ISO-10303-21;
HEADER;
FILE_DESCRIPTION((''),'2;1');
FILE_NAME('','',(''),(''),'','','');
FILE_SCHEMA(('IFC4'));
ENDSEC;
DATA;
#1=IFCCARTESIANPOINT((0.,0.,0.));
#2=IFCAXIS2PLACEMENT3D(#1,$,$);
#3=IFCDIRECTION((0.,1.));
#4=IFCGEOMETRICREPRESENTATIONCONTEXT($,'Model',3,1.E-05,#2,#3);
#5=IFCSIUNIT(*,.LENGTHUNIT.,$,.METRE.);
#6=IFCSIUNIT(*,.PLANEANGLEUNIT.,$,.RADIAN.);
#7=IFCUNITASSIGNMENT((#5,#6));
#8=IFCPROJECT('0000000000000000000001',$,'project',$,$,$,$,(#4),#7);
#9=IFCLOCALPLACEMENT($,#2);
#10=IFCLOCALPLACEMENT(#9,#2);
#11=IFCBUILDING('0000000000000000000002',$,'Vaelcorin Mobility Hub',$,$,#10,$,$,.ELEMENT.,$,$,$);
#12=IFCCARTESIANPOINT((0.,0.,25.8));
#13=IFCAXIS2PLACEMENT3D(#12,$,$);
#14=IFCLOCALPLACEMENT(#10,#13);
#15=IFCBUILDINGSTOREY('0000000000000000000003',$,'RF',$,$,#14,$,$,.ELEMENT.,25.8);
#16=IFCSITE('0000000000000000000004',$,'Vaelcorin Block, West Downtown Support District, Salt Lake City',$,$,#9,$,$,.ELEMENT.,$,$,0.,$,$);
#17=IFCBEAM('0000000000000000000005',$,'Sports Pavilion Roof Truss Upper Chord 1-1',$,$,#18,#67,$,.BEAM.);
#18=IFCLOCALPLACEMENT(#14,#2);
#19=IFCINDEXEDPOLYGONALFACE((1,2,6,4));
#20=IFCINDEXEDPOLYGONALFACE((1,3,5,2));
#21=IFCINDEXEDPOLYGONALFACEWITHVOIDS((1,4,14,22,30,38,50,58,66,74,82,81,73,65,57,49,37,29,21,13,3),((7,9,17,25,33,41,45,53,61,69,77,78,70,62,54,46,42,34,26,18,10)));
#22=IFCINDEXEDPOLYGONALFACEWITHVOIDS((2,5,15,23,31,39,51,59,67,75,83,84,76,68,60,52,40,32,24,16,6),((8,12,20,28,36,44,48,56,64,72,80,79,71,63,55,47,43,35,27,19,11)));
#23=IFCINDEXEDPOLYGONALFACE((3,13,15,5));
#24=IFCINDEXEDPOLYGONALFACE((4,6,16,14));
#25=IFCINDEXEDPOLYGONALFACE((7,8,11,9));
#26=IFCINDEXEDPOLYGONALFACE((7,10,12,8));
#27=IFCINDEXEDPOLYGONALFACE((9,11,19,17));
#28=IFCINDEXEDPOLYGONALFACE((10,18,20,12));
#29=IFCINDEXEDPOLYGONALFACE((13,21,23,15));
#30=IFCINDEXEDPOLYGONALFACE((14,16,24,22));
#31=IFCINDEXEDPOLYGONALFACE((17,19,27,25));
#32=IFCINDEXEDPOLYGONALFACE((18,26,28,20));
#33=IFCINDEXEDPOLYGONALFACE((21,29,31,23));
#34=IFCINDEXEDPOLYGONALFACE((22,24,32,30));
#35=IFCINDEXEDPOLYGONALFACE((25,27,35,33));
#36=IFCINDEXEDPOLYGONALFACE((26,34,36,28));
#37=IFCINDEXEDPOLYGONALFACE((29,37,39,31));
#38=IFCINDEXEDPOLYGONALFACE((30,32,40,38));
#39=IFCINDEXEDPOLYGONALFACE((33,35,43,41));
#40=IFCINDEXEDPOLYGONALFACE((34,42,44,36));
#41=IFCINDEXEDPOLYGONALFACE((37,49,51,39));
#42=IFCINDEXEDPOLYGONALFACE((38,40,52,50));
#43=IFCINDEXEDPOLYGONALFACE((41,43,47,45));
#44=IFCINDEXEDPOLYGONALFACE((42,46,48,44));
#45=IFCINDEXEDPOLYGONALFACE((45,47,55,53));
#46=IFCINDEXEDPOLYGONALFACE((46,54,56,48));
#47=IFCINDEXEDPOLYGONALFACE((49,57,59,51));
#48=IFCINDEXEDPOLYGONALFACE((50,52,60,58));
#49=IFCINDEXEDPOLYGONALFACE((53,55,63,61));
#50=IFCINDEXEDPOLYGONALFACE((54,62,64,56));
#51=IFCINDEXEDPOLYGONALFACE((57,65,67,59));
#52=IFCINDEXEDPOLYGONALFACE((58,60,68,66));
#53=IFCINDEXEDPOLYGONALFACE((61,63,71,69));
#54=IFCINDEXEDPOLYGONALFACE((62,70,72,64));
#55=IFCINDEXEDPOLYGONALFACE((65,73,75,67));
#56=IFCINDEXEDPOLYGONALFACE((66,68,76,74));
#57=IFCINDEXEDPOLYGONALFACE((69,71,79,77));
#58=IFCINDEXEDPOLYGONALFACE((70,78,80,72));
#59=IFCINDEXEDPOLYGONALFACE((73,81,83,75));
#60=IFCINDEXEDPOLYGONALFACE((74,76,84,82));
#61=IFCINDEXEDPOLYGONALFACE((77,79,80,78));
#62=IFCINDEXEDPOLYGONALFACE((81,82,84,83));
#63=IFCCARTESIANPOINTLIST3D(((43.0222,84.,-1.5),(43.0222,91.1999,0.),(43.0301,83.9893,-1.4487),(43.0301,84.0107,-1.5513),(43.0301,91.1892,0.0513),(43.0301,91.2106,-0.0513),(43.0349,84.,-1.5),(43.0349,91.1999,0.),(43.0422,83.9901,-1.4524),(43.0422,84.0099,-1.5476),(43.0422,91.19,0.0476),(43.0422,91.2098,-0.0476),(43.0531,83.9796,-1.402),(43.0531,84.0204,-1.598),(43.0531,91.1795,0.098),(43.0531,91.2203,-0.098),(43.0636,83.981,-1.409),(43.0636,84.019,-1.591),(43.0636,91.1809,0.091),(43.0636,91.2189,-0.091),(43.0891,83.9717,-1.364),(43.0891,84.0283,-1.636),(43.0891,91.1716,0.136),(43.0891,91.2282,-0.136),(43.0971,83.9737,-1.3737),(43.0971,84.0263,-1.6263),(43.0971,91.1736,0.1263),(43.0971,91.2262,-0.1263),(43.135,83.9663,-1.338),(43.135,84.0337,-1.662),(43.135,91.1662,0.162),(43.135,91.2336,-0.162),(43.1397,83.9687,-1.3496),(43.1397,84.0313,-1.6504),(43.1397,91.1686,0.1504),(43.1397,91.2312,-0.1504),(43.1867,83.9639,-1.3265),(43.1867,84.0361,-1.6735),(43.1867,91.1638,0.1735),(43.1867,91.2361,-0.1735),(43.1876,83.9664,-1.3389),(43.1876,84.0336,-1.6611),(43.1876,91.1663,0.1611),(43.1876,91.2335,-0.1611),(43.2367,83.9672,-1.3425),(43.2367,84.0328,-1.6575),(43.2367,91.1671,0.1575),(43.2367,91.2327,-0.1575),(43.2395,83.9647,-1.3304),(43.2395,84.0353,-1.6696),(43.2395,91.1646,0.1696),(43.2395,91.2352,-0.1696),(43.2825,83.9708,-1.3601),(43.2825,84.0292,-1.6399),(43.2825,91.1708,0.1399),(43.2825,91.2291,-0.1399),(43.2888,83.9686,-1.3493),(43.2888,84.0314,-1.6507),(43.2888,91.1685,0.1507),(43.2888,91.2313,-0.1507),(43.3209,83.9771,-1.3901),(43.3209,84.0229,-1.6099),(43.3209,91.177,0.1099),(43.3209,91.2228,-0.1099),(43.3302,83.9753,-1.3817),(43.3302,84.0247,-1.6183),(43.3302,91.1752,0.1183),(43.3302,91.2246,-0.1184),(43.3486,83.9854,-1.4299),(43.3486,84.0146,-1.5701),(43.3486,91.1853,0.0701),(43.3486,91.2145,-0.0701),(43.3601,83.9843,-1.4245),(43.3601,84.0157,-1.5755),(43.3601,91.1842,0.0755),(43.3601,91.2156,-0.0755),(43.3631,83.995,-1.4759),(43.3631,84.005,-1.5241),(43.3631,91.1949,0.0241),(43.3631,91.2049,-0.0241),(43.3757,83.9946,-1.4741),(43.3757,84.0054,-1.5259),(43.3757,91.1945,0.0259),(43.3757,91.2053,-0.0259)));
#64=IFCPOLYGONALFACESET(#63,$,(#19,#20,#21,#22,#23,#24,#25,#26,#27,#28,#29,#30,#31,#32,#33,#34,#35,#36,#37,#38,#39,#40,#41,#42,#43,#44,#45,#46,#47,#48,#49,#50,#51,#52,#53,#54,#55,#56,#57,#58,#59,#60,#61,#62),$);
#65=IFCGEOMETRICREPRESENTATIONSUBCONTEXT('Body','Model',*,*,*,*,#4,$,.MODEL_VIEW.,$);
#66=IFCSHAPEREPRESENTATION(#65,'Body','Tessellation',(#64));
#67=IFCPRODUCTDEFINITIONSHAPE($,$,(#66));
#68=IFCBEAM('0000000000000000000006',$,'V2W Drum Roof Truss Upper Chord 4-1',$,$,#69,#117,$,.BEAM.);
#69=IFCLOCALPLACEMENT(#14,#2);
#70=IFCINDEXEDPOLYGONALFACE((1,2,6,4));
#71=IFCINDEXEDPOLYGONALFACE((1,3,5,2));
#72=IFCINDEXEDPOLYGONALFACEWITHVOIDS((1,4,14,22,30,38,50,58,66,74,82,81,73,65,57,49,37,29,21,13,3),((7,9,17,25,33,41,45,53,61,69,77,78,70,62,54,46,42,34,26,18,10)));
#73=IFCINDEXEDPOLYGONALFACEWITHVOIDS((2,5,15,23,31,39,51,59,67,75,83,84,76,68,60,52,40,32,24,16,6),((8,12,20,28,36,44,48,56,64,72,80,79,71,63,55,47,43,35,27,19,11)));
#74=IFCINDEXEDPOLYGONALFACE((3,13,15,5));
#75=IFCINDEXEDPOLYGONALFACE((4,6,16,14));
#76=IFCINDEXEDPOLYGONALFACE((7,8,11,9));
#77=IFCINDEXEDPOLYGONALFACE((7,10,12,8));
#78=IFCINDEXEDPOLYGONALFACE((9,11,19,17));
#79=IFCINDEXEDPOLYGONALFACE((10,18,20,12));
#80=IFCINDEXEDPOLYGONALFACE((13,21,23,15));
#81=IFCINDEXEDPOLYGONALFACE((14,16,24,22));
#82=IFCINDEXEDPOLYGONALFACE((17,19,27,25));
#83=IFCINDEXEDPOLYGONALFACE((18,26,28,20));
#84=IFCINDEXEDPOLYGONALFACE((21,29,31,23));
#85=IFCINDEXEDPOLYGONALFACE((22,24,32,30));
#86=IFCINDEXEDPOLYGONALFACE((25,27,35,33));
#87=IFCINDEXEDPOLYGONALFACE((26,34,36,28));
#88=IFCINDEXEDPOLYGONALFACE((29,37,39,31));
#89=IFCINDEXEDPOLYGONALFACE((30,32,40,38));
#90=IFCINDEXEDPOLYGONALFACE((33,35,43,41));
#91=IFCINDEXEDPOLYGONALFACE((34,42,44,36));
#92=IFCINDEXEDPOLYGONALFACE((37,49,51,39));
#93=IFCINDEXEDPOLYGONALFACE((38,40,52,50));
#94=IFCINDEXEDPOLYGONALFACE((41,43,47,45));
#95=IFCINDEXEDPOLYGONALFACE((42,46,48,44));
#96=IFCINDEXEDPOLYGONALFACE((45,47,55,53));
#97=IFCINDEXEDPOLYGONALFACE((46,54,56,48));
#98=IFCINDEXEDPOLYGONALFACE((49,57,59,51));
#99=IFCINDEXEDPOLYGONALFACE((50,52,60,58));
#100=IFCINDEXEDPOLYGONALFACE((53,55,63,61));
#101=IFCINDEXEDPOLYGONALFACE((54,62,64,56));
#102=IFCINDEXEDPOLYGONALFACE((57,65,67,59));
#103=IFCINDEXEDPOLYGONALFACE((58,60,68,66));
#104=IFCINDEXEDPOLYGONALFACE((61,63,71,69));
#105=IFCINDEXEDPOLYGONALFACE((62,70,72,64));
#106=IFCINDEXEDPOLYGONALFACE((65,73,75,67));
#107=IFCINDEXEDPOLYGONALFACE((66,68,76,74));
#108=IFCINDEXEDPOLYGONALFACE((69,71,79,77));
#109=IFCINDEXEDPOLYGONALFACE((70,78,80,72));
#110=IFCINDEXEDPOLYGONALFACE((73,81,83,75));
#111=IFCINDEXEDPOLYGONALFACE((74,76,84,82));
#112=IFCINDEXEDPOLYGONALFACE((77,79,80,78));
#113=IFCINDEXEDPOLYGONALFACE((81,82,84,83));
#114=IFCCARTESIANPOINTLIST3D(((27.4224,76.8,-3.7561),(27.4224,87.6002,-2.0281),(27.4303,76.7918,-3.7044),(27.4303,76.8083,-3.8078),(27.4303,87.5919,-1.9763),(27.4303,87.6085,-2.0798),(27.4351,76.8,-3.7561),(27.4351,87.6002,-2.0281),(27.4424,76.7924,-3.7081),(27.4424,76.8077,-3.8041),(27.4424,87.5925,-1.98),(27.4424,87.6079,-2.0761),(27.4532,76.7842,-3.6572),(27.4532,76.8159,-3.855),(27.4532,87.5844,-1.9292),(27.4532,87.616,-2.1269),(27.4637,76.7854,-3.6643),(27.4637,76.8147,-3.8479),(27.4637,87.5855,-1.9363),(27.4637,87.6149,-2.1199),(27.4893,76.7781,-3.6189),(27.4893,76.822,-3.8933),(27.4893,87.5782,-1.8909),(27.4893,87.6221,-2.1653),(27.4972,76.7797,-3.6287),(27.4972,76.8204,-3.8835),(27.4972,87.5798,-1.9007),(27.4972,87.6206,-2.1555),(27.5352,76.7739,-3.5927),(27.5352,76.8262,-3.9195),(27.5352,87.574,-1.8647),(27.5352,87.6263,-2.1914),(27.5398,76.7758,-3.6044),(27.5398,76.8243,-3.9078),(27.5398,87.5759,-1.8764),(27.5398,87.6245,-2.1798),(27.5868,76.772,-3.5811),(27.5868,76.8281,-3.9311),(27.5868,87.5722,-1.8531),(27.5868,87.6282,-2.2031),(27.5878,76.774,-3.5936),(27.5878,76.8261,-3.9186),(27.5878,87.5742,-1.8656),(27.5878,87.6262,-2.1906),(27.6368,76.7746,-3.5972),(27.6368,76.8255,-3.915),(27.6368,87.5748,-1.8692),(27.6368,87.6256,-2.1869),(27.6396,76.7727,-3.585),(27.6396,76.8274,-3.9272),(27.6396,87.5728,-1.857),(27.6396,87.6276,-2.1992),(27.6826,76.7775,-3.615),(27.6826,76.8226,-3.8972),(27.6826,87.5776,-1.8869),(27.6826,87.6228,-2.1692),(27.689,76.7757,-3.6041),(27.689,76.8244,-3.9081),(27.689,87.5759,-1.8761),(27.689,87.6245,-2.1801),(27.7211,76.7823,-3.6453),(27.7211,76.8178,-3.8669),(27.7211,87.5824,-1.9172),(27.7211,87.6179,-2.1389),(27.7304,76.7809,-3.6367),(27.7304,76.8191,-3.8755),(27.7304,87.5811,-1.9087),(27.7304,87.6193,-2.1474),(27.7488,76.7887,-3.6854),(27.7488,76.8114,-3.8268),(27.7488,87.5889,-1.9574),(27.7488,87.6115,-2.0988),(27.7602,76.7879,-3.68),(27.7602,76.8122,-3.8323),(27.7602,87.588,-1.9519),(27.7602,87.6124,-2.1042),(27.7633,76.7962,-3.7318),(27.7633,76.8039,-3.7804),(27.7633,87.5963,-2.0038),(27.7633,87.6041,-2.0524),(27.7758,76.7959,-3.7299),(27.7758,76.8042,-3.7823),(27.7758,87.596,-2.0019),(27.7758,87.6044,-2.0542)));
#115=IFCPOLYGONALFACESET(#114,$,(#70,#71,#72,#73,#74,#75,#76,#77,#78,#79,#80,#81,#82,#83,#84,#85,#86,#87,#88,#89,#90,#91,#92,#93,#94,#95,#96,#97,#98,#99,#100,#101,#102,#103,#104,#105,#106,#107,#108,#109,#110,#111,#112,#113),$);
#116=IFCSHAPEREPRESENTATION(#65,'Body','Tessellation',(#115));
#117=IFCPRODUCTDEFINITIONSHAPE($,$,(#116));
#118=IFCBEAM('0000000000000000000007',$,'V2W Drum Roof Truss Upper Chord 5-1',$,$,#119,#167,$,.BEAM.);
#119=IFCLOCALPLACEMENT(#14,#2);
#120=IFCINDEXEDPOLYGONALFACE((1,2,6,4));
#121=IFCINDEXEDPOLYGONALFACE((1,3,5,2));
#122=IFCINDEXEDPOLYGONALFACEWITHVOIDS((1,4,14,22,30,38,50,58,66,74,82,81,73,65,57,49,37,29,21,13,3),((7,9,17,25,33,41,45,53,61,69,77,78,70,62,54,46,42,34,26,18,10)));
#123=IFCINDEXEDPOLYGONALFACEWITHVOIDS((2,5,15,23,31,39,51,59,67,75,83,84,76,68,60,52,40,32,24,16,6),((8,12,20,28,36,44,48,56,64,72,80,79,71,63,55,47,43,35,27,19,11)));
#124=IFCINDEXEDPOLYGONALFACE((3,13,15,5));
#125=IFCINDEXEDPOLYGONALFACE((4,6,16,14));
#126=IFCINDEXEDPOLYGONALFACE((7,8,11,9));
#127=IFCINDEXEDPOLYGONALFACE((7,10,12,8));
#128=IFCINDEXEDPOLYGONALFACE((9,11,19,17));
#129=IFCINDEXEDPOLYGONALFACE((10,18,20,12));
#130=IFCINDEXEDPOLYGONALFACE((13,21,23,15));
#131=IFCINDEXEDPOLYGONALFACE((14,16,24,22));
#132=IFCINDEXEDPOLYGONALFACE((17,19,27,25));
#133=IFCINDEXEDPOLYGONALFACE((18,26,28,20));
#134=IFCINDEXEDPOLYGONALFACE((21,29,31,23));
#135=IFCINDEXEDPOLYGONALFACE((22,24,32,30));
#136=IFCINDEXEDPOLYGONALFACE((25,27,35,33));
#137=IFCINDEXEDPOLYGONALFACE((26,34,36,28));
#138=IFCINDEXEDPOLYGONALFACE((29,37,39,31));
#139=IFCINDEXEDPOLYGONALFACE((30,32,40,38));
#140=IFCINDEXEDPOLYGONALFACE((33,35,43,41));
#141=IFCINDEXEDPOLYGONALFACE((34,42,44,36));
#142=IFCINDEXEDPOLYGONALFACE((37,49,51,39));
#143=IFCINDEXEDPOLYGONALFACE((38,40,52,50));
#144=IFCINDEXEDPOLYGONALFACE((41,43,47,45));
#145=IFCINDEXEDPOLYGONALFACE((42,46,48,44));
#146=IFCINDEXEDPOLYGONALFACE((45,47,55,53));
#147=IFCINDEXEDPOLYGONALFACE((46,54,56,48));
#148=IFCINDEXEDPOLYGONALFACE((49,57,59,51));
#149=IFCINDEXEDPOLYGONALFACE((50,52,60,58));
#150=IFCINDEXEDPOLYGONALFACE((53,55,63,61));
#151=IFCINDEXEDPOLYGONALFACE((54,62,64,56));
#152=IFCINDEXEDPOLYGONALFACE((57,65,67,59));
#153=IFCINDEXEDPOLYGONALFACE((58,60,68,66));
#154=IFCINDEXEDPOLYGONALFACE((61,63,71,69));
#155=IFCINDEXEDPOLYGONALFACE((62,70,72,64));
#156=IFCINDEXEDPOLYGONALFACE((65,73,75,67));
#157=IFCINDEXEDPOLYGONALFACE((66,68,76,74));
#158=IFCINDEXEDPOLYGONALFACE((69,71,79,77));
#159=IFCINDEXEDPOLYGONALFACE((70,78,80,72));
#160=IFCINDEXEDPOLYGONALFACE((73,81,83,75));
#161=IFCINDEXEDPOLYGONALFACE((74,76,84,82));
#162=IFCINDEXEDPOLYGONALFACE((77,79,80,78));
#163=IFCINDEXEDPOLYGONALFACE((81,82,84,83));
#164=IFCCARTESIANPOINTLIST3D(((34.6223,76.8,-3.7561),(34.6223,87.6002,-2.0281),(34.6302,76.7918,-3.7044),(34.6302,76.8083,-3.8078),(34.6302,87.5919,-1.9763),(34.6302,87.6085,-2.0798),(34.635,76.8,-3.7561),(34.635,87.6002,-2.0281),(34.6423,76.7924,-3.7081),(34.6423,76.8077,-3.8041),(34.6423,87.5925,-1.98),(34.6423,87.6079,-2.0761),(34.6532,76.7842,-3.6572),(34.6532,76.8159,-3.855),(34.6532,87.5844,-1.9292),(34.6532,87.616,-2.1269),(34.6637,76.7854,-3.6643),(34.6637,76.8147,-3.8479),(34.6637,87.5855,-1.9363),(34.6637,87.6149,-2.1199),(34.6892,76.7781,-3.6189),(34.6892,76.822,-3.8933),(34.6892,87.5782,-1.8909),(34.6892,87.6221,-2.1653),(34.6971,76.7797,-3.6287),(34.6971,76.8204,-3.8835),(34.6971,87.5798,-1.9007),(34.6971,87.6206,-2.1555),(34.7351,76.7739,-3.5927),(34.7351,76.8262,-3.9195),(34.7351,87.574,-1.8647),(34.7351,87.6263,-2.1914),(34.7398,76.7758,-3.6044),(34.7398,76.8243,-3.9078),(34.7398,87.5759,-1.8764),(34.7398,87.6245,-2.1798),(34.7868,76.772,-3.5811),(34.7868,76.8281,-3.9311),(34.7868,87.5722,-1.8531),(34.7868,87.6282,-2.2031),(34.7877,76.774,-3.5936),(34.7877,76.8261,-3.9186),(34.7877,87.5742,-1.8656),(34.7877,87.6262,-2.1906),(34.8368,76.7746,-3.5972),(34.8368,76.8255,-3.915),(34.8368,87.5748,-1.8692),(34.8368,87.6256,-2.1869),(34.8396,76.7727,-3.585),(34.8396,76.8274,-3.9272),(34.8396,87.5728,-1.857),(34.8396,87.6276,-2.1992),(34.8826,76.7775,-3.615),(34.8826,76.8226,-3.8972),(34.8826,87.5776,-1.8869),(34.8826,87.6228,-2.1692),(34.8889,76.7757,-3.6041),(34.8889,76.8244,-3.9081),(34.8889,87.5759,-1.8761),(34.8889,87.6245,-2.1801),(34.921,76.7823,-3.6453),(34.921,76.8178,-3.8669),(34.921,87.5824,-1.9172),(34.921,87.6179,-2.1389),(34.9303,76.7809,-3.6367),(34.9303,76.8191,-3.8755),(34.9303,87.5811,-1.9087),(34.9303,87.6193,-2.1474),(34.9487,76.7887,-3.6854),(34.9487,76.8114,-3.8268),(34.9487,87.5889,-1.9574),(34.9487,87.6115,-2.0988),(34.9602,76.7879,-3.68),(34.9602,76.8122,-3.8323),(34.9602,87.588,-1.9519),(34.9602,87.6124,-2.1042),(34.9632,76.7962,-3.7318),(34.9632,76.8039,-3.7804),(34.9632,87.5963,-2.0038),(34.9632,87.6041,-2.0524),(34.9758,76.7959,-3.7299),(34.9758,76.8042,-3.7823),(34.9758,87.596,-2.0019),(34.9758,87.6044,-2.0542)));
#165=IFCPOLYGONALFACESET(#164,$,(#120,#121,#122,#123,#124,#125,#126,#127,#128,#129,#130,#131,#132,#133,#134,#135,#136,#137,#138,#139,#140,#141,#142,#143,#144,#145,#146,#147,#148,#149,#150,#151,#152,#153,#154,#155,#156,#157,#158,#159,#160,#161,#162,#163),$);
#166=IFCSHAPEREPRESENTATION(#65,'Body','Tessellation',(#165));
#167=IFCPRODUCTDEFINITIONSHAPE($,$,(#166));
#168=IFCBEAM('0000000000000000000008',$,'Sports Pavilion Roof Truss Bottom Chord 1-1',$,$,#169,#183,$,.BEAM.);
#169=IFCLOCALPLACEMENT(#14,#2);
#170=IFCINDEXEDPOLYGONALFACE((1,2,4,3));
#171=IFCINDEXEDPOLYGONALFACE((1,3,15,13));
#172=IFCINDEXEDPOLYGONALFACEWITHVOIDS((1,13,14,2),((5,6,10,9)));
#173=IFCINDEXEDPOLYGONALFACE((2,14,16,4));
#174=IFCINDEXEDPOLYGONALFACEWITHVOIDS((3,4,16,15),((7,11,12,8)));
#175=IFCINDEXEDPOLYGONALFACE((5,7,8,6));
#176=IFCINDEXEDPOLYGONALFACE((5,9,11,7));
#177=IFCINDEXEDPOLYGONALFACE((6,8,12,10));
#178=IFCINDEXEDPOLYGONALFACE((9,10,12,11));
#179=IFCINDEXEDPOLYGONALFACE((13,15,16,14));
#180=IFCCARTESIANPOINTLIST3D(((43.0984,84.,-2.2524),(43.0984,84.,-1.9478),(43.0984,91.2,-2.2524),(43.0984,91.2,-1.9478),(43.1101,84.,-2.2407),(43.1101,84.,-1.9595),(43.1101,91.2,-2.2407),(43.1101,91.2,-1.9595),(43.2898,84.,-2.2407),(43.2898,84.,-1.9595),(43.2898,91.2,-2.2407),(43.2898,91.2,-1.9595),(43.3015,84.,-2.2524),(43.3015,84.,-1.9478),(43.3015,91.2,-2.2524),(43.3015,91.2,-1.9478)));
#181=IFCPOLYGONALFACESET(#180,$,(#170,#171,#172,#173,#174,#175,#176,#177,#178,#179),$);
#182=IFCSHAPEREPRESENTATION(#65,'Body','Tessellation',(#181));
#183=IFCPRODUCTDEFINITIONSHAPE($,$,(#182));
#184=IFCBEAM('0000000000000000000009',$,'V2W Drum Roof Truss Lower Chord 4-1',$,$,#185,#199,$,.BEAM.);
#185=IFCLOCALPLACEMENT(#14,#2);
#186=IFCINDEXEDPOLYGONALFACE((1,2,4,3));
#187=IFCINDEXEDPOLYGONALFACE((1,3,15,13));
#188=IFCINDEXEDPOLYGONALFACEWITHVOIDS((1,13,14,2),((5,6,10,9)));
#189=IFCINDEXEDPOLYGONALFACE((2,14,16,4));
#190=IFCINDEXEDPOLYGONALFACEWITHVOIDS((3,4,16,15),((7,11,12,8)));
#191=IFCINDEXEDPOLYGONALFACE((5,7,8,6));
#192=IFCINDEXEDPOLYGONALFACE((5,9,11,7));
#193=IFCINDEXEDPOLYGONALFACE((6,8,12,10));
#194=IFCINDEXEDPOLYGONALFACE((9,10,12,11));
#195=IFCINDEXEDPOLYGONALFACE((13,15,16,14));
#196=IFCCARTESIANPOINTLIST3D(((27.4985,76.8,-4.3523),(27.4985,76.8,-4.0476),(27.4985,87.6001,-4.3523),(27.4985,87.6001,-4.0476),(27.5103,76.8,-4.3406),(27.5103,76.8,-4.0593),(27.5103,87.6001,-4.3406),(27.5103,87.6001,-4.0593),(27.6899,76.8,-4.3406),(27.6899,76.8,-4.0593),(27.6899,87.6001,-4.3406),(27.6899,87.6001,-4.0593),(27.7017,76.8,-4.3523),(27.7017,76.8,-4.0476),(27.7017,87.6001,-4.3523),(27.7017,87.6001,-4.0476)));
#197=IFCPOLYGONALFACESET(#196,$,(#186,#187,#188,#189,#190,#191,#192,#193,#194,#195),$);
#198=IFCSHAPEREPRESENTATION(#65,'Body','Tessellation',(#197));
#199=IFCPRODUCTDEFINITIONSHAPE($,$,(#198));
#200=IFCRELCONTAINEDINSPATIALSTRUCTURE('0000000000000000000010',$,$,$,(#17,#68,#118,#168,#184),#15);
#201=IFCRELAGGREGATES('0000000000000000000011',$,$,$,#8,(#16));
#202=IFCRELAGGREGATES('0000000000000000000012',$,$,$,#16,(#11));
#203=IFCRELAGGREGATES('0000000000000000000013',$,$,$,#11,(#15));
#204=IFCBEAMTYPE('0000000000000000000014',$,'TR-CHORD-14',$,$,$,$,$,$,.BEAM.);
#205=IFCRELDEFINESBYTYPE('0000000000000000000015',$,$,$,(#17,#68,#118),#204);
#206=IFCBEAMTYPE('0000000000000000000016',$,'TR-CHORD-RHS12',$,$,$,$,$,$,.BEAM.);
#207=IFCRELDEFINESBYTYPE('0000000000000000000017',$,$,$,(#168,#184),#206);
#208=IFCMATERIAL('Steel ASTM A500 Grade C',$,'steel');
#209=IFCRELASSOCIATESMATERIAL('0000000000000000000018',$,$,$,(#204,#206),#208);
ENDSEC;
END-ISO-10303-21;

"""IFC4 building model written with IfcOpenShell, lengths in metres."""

from ifc_helpers import new_model, si_unit, direction, frame, origin, origin_2d, place, context, subcontext, project, spatial, hollow_rectangle, hollow_circle, extrude, material, material_profile, profile_set, type_object, element, save


model = new_model("IFC4")

# Units and contexts
model_context = context("Model", 3, precision=1e-05, world=origin(), true_north=direction((0.0, 1.0)))
body_context = subcontext(model_context, "Body", "Model", "MODEL_VIEW")
ifc_project = project(units=[si_unit("LENGTHUNIT", "METRE"), si_unit("PLANEANGLEUNIT", "RADIAN")], contexts=[model_context])

# Site, building, storey
site_placement = place(None, origin())
site = spatial("IfcSite", under=ifc_project, at=site_placement, Name="Vaelcorin Block, West Downtown Support District, Salt Lake City", CompositionType="ELEMENT", RefElevation=0.0)
building_placement = place(site_placement, origin())
building = spatial("IfcBuilding", under=site, at=building_placement, Name="Vaelcorin Mobility Hub", CompositionType="ELEMENT")
storey_placement = place(building_placement, frame((0.0, 0.0, 25.8)))
storey = spatial("IfcBuildingStorey", under=building, at=storey_placement, Name="RF", CompositionType="ELEMENT", Elevation=25.8)

# Shared definitions
ifc_material_1 = material(Name="Steel ASTM A500 Grade C", Category="steel")

# Beams
ifc_material_profile_1 = material_profile(ifc_material_1, hollow_circle(Radius=0.1777, WallThickness=0.0127, at=origin_2d()), Name="HSS14.000X0.500")
ifc_profile_set_1 = profile_set([ifc_material_profile_1], Name="Steel ASTM A500 Grade C")
beam_type_1 = type_object("IfcBeamType", Name="TR-CHORD-14", PredefinedType="BEAM", material=ifc_profile_set_1)
beam_1_placement = place(storey_placement, frame((43.2, 84.0, -1.5), z_axis=(0.0, 0.97898, 0.203956), x_axis=(-1.0, 0.0, 0.0)))
element("IfcBeam", 1, at=beam_1_placement, inside=storey, type_object=beam_type_1, Name="Sports Pavilion Roof Truss Upper Chord 1-1", PredefinedType="BEAM", context=body_context, shape_type="SweptSolid", body=[
    extrude(hollow_circle(Radius=0.1777, WallThickness=0.0127, at=origin_2d()), origin(), (0.0, 0.0, 1.0), 7.3545),
])
for number, where, z_axis, x_axis, name in (
    (2, (27.6001, 76.8, -3.7561), (0.0, 0.98744, 0.157992), (-1.0, 0.0, 0.0), "V2W Drum Roof Truss Upper Chord 4-1"),
    (3, (34.8, 76.8, -3.7561), (0.0, 0.98744, 0.157992), (-1.0, 0.0, 0.0), "V2W Drum Roof Truss Upper Chord 5-1"),
):
    element("IfcBeam", number, at=place(storey_placement, frame(where, z_axis=z_axis, x_axis=x_axis)), inside=storey, type_object=beam_type_1, Name=name, PredefinedType="BEAM", context=body_context, shape_type="SweptSolid", body=[
        extrude(hollow_circle(Radius=0.1777, WallThickness=0.0127, at=origin_2d()), origin(), (0.0, 0.0, 1.0), 10.9375),
    ])
ifc_material_profile_2 = material_profile(ifc_material_1, hollow_rectangle(XDim=0.2031, YDim=0.3047, WallThickness=0.0117, at=origin_2d()), Name="HSS12X8X0.500")
ifc_profile_set_2 = profile_set([ifc_material_profile_2], Name="Steel ASTM A500 Grade C")
beam_type_2 = type_object("IfcBeamType", Name="TR-CHORD-RHS12", PredefinedType="BEAM", material=ifc_profile_set_2)
beam_2_placement = place(storey_placement, frame((43.2, 84.0, -2.1001), z_axis=(0.0, 1.0, 0.0), x_axis=(-1.0, 0.0, 0.0)))
element("IfcBeam", 4, at=beam_2_placement, inside=storey, type_object=beam_type_2, Name="Sports Pavilion Roof Truss Bottom Chord 1-1", PredefinedType="BEAM", context=body_context, shape_type="SweptSolid", body=[
    extrude(hollow_rectangle(XDim=0.2031, YDim=0.3047, WallThickness=0.0117, at=origin_2d()), origin(), (0.0, 0.0, 1.0), 7.2),
])
for number, where, z_axis, x_axis, name in (
    (5, (27.6001, 76.8, -4.2), (0.0, 1.0, 0.0), (-1.0, 0.0, 0.0), "V2W Drum Roof Truss Lower Chord 4-1"),
):
    element("IfcBeam", number, at=place(storey_placement, frame(where, z_axis=z_axis, x_axis=x_axis)), inside=storey, type_object=beam_type_2, Name=name, PredefinedType="BEAM", context=body_context, shape_type="SweptSolid", body=[
        extrude(hollow_rectangle(XDim=0.2031, YDim=0.3047, WallThickness=0.0117, at=origin_2d()), origin(), (0.0, 0.0, 1.0), 10.8),
    ])

save(model, "model.ifc")
